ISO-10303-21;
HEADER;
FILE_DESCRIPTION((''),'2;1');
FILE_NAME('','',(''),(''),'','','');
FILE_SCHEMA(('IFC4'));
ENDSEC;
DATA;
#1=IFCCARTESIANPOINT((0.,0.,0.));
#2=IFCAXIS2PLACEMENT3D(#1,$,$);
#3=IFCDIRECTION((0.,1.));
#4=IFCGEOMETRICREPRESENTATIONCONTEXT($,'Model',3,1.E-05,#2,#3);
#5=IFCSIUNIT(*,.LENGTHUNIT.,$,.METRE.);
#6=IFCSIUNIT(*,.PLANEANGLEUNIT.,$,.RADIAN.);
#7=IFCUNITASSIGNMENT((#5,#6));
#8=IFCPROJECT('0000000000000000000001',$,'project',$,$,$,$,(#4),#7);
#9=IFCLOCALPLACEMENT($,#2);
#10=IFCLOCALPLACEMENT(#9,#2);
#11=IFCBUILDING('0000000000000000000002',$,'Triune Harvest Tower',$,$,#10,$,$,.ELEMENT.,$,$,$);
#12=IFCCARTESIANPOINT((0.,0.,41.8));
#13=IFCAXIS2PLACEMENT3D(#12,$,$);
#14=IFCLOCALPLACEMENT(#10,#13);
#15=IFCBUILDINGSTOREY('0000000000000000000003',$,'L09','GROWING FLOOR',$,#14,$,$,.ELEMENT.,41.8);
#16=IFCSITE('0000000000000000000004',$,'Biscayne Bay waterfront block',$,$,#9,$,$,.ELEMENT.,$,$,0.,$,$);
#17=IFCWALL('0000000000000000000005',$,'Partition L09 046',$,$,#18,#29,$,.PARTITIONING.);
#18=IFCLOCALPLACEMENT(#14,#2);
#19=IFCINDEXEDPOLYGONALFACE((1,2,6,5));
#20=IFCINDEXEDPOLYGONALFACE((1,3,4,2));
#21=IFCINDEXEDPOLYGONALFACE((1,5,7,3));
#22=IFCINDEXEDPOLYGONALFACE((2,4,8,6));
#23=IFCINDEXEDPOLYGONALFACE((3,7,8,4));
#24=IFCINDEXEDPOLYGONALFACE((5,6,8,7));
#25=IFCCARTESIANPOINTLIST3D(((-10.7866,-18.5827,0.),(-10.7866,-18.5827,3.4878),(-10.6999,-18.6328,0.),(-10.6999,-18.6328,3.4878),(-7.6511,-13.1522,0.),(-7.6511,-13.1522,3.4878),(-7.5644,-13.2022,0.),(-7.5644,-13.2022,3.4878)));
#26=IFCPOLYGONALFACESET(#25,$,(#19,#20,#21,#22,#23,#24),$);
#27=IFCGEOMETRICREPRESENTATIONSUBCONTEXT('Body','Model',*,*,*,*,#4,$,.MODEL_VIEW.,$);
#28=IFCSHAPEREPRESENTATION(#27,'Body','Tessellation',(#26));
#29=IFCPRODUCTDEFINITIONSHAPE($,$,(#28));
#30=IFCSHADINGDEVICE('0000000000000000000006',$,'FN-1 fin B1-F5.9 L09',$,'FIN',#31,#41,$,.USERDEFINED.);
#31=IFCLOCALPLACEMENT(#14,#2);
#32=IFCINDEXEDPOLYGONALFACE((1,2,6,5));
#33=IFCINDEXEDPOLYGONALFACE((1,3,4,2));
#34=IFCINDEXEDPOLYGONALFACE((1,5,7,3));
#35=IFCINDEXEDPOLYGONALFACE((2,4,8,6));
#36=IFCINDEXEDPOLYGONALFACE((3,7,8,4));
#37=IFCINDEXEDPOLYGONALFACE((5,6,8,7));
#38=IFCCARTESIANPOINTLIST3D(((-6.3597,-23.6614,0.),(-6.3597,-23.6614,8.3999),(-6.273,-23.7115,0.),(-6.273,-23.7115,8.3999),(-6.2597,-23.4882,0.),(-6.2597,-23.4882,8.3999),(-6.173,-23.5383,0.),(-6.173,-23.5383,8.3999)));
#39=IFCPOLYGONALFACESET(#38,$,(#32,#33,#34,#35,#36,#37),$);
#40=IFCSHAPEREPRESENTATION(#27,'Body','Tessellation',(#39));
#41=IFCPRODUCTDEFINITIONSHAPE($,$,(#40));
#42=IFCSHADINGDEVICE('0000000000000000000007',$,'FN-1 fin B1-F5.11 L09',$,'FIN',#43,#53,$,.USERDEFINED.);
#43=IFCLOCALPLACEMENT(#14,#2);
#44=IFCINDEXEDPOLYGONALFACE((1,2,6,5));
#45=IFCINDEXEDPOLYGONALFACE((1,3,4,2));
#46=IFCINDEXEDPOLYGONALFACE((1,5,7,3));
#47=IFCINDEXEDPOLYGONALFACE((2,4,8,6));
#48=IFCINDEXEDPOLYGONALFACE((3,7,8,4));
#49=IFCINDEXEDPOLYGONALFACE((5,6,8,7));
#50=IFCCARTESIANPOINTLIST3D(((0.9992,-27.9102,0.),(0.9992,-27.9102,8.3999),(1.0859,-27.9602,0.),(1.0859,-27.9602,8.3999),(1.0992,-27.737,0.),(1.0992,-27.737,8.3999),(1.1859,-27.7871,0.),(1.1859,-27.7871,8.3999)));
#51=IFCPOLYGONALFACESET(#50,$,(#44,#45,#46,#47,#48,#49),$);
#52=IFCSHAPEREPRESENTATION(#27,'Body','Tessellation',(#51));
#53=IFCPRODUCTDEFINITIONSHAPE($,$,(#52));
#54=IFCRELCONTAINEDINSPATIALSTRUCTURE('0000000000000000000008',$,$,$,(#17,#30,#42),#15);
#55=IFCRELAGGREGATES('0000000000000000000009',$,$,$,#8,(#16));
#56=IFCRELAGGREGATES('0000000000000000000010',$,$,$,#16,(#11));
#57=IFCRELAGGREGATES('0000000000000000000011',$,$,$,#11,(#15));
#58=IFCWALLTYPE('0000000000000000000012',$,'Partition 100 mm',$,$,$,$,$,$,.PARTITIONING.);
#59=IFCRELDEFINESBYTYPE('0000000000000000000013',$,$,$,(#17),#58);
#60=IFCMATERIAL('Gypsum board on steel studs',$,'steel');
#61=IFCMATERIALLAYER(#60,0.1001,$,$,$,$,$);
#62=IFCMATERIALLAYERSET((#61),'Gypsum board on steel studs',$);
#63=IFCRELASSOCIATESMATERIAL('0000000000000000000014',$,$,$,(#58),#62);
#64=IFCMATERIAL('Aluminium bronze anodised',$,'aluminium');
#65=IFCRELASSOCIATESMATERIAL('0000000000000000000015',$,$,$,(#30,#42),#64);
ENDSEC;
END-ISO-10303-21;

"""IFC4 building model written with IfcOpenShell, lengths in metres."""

from ifc_helpers import new_model, si_unit, direction, frame, frame_2d, origin, origin_2d, place, context, subcontext, project, spatial, rectangle, extrude, source, transform, mapped, material, layer, layer_set, type_object, element, save


model = new_model("IFC4")

# Units and contexts
model_context = context("Model", 3, precision=1e-05, world=origin(), true_north=direction((0.0, 1.0)))
body_context = subcontext(model_context, "Body", "Model", "MODEL_VIEW")
ifc_project = project(units=[si_unit("LENGTHUNIT", "METRE"), si_unit("PLANEANGLEUNIT", "RADIAN")], contexts=[model_context])

# Site, building, storey
site_placement = place(None, origin())
site = spatial("IfcSite", under=ifc_project, at=site_placement, Name="Biscayne Bay waterfront block", CompositionType="ELEMENT", RefElevation=0.0)
building_placement = place(site_placement, origin())
building = spatial("IfcBuilding", under=site, at=building_placement, Name="Triune Harvest Tower", CompositionType="ELEMENT")
storey_placement = place(building_placement, frame((0.0, 0.0, 41.8)))
storey = spatial("IfcBuildingStorey", under=building, at=storey_placement, Name="L09", Description="GROWING FLOOR", CompositionType="ELEMENT", Elevation=41.8)

# Wall
ifc_material_1 = material(Name="Gypsum board on steel studs", Category="steel")
ifc_layer_1 = layer(ifc_material_1, 0.1001)
ifc_layer_set_1 = layer_set([ifc_layer_1], Name="Gypsum board on steel studs")
wall_type = type_object("IfcWallType", Name="Partition 100 mm", PredefinedType="PARTITIONING", material=ifc_layer_set_1)
shared_shape_1 = source(origin(), body_context, "Body", "SweptSolid", [
    extrude(rectangle(XDim=6.2708, YDim=0.1001, at=frame_2d((3.1353, 0.0))), origin(), (0.0, 0.0, 1.0), 3.4878),
])
wall_1_placement = place(storey_placement, frame((-10.7432, -18.6077, 0.0), z_axis=(0.0, 0.0, 1.0), x_axis=(0.500012, 0.866018, 0.0)))
element("IfcWall", 1, at=wall_1_placement, inside=storey, type_object=wall_type, Name="Partition L09 046", PredefinedType="PARTITIONING", context=body_context, shape_type="MappedRepresentation", body=[
    mapped(shared_shape_1, transform((0.0, 0.0, 0.0), scale=1.0)),
])

# Shading devices
ifc_material_2 = material(Name="Aluminium bronze anodised", Category="aluminium")
shared_shape_2 = source(origin(), body_context, "Body", "SweptSolid", [
    extrude(rectangle(XDim=0.1001, YDim=0.2, at=origin_2d()), origin(), (0.0, 0.0, 1.0), 8.3999),
])
for number, where, z_axis, x_axis, name in (
    (2, (-6.2664, -23.5999, 0.0), (0.0, 0.0, 1.0), (0.866025, -0.5, 0.0), "FN-1 fin B1-F5.9 L09"),
    (3, (1.0925, -27.8486, 0.0), (0.0, 0.0, 1.0), (0.866025, -0.5, 0.0), "FN-1 fin B1-F5.11 L09"),
):
    element("IfcShadingDevice", number, at=place(storey_placement, frame(where, z_axis=z_axis, x_axis=x_axis)), inside=storey, material=ifc_material_2, Name=name, ObjectType="FIN", PredefinedType="USERDEFINED", context=body_context, shape_type="MappedRepresentation", body=[
        mapped(shared_shape_2, transform((0.0, 0.0, 0.0), scale=1.0)),
    ])

save(model, "model.ifc")
